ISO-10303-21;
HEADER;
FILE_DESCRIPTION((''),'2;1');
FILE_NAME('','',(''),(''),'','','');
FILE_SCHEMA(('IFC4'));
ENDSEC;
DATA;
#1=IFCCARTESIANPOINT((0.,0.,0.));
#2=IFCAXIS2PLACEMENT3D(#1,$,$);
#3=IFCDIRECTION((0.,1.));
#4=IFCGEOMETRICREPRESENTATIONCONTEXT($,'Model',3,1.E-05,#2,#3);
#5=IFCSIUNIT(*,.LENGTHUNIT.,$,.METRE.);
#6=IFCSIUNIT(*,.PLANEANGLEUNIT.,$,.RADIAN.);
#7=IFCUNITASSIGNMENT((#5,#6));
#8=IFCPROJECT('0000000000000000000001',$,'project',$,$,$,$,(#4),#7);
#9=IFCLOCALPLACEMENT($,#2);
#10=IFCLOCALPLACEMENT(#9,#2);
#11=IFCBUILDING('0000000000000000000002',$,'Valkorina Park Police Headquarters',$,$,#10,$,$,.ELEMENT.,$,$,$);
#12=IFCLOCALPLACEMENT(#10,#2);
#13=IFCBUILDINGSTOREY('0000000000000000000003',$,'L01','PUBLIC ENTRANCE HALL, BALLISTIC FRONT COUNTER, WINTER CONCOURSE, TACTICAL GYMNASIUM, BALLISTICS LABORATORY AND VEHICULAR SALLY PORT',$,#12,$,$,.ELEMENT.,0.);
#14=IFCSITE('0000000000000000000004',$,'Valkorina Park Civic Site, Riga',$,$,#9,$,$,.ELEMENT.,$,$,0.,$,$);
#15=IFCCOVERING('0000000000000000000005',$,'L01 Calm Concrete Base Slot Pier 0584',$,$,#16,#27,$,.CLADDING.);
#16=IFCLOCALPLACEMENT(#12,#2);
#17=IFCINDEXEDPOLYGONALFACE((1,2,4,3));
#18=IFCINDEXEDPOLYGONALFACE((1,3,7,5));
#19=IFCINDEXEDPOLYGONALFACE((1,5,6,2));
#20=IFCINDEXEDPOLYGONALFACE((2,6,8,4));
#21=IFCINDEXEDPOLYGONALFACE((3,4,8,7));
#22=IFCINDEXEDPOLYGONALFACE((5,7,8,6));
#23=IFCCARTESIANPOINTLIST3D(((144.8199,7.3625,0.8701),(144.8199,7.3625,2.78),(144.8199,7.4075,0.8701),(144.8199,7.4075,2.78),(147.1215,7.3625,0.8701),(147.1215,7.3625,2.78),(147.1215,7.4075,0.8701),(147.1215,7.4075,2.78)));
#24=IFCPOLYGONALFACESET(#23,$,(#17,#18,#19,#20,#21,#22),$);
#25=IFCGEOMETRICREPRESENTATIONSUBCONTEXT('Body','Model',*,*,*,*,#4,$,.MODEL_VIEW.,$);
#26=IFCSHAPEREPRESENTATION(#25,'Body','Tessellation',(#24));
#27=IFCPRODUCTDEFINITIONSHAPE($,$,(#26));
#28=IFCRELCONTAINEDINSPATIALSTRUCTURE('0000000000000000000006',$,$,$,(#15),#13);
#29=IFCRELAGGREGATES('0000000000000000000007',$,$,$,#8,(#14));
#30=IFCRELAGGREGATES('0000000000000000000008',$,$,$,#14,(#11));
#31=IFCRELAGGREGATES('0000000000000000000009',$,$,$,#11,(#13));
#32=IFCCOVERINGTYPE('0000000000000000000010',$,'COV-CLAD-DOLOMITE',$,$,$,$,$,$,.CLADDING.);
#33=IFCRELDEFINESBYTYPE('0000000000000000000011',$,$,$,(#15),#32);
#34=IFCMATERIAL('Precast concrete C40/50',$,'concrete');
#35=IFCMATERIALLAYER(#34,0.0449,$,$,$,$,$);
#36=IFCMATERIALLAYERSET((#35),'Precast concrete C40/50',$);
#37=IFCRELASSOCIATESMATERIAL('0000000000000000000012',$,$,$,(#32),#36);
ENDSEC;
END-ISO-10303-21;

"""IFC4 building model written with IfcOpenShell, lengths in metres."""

from ifc_helpers import new_model, si_unit, direction, frame, frame_2d, origin, place, context, subcontext, project, spatial, rectangle, extrude, material, layer, layer_set, type_object, element, save


model = new_model("IFC4")

# Units and contexts
model_context = context("Model", 3, precision=1e-05, world=origin(), true_north=direction((0.0, 1.0)))
body_context = subcontext(model_context, "Body", "Model", "MODEL_VIEW")
ifc_project = project(units=[si_unit("LENGTHUNIT", "METRE"), si_unit("PLANEANGLEUNIT", "RADIAN")], contexts=[model_context])

# Site, building, storey
site_placement = place(None, origin())
site = spatial("IfcSite", under=ifc_project, at=site_placement, Name="Valkorina Park Civic Site, Riga", CompositionType="ELEMENT", RefElevation=0.0)
building_placement = place(site_placement, origin())
building = spatial("IfcBuilding", under=site, at=building_placement, Name="Valkorina Park Police Headquarters", CompositionType="ELEMENT")
storey_placement = place(building_placement, origin())
storey = spatial("IfcBuildingStorey", under=building, at=storey_placement, Name="L01", Description="PUBLIC ENTRANCE HALL, BALLISTIC FRONT COUNTER, WINTER CONCOURSE, TACTICAL GYMNASIUM, BALLISTICS LABORATORY AND VEHICULAR SALLY PORT", CompositionType="ELEMENT", Elevation=0.0)

# Shared definitions
ifc_material_1 = material(Name="Precast concrete C40/50", Category="concrete")

# Covering
ifc_layer_1 = layer(ifc_material_1, 0.0449)
ifc_layer_set_1 = layer_set([ifc_layer_1], Name="Precast concrete C40/50")
covering_type = type_object("IfcCoveringType", Name="COV-CLAD-DOLOMITE", PredefinedType="CLADDING", material=ifc_layer_set_1)
covering_1_placement = place(storey_placement, frame((147.1216, 7.385, 0.8701), z_axis=(0.0, 0.0, 1.0), x_axis=(-1.0, 0.0, 0.0)))
element("IfcCovering", 1, at=covering_1_placement, inside=storey, type_object=covering_type, Name="L01 Calm Concrete Base Slot Pier 0584", PredefinedType="CLADDING", context=body_context, shape_type="SweptSolid", body=[
    extrude(rectangle(XDim=2.3015, YDim=0.0449, at=frame_2d((1.1509, 0.0))), origin(), (0.0, 0.0, 1.0), 1.9099),
])

save(model, "model.ifc")
